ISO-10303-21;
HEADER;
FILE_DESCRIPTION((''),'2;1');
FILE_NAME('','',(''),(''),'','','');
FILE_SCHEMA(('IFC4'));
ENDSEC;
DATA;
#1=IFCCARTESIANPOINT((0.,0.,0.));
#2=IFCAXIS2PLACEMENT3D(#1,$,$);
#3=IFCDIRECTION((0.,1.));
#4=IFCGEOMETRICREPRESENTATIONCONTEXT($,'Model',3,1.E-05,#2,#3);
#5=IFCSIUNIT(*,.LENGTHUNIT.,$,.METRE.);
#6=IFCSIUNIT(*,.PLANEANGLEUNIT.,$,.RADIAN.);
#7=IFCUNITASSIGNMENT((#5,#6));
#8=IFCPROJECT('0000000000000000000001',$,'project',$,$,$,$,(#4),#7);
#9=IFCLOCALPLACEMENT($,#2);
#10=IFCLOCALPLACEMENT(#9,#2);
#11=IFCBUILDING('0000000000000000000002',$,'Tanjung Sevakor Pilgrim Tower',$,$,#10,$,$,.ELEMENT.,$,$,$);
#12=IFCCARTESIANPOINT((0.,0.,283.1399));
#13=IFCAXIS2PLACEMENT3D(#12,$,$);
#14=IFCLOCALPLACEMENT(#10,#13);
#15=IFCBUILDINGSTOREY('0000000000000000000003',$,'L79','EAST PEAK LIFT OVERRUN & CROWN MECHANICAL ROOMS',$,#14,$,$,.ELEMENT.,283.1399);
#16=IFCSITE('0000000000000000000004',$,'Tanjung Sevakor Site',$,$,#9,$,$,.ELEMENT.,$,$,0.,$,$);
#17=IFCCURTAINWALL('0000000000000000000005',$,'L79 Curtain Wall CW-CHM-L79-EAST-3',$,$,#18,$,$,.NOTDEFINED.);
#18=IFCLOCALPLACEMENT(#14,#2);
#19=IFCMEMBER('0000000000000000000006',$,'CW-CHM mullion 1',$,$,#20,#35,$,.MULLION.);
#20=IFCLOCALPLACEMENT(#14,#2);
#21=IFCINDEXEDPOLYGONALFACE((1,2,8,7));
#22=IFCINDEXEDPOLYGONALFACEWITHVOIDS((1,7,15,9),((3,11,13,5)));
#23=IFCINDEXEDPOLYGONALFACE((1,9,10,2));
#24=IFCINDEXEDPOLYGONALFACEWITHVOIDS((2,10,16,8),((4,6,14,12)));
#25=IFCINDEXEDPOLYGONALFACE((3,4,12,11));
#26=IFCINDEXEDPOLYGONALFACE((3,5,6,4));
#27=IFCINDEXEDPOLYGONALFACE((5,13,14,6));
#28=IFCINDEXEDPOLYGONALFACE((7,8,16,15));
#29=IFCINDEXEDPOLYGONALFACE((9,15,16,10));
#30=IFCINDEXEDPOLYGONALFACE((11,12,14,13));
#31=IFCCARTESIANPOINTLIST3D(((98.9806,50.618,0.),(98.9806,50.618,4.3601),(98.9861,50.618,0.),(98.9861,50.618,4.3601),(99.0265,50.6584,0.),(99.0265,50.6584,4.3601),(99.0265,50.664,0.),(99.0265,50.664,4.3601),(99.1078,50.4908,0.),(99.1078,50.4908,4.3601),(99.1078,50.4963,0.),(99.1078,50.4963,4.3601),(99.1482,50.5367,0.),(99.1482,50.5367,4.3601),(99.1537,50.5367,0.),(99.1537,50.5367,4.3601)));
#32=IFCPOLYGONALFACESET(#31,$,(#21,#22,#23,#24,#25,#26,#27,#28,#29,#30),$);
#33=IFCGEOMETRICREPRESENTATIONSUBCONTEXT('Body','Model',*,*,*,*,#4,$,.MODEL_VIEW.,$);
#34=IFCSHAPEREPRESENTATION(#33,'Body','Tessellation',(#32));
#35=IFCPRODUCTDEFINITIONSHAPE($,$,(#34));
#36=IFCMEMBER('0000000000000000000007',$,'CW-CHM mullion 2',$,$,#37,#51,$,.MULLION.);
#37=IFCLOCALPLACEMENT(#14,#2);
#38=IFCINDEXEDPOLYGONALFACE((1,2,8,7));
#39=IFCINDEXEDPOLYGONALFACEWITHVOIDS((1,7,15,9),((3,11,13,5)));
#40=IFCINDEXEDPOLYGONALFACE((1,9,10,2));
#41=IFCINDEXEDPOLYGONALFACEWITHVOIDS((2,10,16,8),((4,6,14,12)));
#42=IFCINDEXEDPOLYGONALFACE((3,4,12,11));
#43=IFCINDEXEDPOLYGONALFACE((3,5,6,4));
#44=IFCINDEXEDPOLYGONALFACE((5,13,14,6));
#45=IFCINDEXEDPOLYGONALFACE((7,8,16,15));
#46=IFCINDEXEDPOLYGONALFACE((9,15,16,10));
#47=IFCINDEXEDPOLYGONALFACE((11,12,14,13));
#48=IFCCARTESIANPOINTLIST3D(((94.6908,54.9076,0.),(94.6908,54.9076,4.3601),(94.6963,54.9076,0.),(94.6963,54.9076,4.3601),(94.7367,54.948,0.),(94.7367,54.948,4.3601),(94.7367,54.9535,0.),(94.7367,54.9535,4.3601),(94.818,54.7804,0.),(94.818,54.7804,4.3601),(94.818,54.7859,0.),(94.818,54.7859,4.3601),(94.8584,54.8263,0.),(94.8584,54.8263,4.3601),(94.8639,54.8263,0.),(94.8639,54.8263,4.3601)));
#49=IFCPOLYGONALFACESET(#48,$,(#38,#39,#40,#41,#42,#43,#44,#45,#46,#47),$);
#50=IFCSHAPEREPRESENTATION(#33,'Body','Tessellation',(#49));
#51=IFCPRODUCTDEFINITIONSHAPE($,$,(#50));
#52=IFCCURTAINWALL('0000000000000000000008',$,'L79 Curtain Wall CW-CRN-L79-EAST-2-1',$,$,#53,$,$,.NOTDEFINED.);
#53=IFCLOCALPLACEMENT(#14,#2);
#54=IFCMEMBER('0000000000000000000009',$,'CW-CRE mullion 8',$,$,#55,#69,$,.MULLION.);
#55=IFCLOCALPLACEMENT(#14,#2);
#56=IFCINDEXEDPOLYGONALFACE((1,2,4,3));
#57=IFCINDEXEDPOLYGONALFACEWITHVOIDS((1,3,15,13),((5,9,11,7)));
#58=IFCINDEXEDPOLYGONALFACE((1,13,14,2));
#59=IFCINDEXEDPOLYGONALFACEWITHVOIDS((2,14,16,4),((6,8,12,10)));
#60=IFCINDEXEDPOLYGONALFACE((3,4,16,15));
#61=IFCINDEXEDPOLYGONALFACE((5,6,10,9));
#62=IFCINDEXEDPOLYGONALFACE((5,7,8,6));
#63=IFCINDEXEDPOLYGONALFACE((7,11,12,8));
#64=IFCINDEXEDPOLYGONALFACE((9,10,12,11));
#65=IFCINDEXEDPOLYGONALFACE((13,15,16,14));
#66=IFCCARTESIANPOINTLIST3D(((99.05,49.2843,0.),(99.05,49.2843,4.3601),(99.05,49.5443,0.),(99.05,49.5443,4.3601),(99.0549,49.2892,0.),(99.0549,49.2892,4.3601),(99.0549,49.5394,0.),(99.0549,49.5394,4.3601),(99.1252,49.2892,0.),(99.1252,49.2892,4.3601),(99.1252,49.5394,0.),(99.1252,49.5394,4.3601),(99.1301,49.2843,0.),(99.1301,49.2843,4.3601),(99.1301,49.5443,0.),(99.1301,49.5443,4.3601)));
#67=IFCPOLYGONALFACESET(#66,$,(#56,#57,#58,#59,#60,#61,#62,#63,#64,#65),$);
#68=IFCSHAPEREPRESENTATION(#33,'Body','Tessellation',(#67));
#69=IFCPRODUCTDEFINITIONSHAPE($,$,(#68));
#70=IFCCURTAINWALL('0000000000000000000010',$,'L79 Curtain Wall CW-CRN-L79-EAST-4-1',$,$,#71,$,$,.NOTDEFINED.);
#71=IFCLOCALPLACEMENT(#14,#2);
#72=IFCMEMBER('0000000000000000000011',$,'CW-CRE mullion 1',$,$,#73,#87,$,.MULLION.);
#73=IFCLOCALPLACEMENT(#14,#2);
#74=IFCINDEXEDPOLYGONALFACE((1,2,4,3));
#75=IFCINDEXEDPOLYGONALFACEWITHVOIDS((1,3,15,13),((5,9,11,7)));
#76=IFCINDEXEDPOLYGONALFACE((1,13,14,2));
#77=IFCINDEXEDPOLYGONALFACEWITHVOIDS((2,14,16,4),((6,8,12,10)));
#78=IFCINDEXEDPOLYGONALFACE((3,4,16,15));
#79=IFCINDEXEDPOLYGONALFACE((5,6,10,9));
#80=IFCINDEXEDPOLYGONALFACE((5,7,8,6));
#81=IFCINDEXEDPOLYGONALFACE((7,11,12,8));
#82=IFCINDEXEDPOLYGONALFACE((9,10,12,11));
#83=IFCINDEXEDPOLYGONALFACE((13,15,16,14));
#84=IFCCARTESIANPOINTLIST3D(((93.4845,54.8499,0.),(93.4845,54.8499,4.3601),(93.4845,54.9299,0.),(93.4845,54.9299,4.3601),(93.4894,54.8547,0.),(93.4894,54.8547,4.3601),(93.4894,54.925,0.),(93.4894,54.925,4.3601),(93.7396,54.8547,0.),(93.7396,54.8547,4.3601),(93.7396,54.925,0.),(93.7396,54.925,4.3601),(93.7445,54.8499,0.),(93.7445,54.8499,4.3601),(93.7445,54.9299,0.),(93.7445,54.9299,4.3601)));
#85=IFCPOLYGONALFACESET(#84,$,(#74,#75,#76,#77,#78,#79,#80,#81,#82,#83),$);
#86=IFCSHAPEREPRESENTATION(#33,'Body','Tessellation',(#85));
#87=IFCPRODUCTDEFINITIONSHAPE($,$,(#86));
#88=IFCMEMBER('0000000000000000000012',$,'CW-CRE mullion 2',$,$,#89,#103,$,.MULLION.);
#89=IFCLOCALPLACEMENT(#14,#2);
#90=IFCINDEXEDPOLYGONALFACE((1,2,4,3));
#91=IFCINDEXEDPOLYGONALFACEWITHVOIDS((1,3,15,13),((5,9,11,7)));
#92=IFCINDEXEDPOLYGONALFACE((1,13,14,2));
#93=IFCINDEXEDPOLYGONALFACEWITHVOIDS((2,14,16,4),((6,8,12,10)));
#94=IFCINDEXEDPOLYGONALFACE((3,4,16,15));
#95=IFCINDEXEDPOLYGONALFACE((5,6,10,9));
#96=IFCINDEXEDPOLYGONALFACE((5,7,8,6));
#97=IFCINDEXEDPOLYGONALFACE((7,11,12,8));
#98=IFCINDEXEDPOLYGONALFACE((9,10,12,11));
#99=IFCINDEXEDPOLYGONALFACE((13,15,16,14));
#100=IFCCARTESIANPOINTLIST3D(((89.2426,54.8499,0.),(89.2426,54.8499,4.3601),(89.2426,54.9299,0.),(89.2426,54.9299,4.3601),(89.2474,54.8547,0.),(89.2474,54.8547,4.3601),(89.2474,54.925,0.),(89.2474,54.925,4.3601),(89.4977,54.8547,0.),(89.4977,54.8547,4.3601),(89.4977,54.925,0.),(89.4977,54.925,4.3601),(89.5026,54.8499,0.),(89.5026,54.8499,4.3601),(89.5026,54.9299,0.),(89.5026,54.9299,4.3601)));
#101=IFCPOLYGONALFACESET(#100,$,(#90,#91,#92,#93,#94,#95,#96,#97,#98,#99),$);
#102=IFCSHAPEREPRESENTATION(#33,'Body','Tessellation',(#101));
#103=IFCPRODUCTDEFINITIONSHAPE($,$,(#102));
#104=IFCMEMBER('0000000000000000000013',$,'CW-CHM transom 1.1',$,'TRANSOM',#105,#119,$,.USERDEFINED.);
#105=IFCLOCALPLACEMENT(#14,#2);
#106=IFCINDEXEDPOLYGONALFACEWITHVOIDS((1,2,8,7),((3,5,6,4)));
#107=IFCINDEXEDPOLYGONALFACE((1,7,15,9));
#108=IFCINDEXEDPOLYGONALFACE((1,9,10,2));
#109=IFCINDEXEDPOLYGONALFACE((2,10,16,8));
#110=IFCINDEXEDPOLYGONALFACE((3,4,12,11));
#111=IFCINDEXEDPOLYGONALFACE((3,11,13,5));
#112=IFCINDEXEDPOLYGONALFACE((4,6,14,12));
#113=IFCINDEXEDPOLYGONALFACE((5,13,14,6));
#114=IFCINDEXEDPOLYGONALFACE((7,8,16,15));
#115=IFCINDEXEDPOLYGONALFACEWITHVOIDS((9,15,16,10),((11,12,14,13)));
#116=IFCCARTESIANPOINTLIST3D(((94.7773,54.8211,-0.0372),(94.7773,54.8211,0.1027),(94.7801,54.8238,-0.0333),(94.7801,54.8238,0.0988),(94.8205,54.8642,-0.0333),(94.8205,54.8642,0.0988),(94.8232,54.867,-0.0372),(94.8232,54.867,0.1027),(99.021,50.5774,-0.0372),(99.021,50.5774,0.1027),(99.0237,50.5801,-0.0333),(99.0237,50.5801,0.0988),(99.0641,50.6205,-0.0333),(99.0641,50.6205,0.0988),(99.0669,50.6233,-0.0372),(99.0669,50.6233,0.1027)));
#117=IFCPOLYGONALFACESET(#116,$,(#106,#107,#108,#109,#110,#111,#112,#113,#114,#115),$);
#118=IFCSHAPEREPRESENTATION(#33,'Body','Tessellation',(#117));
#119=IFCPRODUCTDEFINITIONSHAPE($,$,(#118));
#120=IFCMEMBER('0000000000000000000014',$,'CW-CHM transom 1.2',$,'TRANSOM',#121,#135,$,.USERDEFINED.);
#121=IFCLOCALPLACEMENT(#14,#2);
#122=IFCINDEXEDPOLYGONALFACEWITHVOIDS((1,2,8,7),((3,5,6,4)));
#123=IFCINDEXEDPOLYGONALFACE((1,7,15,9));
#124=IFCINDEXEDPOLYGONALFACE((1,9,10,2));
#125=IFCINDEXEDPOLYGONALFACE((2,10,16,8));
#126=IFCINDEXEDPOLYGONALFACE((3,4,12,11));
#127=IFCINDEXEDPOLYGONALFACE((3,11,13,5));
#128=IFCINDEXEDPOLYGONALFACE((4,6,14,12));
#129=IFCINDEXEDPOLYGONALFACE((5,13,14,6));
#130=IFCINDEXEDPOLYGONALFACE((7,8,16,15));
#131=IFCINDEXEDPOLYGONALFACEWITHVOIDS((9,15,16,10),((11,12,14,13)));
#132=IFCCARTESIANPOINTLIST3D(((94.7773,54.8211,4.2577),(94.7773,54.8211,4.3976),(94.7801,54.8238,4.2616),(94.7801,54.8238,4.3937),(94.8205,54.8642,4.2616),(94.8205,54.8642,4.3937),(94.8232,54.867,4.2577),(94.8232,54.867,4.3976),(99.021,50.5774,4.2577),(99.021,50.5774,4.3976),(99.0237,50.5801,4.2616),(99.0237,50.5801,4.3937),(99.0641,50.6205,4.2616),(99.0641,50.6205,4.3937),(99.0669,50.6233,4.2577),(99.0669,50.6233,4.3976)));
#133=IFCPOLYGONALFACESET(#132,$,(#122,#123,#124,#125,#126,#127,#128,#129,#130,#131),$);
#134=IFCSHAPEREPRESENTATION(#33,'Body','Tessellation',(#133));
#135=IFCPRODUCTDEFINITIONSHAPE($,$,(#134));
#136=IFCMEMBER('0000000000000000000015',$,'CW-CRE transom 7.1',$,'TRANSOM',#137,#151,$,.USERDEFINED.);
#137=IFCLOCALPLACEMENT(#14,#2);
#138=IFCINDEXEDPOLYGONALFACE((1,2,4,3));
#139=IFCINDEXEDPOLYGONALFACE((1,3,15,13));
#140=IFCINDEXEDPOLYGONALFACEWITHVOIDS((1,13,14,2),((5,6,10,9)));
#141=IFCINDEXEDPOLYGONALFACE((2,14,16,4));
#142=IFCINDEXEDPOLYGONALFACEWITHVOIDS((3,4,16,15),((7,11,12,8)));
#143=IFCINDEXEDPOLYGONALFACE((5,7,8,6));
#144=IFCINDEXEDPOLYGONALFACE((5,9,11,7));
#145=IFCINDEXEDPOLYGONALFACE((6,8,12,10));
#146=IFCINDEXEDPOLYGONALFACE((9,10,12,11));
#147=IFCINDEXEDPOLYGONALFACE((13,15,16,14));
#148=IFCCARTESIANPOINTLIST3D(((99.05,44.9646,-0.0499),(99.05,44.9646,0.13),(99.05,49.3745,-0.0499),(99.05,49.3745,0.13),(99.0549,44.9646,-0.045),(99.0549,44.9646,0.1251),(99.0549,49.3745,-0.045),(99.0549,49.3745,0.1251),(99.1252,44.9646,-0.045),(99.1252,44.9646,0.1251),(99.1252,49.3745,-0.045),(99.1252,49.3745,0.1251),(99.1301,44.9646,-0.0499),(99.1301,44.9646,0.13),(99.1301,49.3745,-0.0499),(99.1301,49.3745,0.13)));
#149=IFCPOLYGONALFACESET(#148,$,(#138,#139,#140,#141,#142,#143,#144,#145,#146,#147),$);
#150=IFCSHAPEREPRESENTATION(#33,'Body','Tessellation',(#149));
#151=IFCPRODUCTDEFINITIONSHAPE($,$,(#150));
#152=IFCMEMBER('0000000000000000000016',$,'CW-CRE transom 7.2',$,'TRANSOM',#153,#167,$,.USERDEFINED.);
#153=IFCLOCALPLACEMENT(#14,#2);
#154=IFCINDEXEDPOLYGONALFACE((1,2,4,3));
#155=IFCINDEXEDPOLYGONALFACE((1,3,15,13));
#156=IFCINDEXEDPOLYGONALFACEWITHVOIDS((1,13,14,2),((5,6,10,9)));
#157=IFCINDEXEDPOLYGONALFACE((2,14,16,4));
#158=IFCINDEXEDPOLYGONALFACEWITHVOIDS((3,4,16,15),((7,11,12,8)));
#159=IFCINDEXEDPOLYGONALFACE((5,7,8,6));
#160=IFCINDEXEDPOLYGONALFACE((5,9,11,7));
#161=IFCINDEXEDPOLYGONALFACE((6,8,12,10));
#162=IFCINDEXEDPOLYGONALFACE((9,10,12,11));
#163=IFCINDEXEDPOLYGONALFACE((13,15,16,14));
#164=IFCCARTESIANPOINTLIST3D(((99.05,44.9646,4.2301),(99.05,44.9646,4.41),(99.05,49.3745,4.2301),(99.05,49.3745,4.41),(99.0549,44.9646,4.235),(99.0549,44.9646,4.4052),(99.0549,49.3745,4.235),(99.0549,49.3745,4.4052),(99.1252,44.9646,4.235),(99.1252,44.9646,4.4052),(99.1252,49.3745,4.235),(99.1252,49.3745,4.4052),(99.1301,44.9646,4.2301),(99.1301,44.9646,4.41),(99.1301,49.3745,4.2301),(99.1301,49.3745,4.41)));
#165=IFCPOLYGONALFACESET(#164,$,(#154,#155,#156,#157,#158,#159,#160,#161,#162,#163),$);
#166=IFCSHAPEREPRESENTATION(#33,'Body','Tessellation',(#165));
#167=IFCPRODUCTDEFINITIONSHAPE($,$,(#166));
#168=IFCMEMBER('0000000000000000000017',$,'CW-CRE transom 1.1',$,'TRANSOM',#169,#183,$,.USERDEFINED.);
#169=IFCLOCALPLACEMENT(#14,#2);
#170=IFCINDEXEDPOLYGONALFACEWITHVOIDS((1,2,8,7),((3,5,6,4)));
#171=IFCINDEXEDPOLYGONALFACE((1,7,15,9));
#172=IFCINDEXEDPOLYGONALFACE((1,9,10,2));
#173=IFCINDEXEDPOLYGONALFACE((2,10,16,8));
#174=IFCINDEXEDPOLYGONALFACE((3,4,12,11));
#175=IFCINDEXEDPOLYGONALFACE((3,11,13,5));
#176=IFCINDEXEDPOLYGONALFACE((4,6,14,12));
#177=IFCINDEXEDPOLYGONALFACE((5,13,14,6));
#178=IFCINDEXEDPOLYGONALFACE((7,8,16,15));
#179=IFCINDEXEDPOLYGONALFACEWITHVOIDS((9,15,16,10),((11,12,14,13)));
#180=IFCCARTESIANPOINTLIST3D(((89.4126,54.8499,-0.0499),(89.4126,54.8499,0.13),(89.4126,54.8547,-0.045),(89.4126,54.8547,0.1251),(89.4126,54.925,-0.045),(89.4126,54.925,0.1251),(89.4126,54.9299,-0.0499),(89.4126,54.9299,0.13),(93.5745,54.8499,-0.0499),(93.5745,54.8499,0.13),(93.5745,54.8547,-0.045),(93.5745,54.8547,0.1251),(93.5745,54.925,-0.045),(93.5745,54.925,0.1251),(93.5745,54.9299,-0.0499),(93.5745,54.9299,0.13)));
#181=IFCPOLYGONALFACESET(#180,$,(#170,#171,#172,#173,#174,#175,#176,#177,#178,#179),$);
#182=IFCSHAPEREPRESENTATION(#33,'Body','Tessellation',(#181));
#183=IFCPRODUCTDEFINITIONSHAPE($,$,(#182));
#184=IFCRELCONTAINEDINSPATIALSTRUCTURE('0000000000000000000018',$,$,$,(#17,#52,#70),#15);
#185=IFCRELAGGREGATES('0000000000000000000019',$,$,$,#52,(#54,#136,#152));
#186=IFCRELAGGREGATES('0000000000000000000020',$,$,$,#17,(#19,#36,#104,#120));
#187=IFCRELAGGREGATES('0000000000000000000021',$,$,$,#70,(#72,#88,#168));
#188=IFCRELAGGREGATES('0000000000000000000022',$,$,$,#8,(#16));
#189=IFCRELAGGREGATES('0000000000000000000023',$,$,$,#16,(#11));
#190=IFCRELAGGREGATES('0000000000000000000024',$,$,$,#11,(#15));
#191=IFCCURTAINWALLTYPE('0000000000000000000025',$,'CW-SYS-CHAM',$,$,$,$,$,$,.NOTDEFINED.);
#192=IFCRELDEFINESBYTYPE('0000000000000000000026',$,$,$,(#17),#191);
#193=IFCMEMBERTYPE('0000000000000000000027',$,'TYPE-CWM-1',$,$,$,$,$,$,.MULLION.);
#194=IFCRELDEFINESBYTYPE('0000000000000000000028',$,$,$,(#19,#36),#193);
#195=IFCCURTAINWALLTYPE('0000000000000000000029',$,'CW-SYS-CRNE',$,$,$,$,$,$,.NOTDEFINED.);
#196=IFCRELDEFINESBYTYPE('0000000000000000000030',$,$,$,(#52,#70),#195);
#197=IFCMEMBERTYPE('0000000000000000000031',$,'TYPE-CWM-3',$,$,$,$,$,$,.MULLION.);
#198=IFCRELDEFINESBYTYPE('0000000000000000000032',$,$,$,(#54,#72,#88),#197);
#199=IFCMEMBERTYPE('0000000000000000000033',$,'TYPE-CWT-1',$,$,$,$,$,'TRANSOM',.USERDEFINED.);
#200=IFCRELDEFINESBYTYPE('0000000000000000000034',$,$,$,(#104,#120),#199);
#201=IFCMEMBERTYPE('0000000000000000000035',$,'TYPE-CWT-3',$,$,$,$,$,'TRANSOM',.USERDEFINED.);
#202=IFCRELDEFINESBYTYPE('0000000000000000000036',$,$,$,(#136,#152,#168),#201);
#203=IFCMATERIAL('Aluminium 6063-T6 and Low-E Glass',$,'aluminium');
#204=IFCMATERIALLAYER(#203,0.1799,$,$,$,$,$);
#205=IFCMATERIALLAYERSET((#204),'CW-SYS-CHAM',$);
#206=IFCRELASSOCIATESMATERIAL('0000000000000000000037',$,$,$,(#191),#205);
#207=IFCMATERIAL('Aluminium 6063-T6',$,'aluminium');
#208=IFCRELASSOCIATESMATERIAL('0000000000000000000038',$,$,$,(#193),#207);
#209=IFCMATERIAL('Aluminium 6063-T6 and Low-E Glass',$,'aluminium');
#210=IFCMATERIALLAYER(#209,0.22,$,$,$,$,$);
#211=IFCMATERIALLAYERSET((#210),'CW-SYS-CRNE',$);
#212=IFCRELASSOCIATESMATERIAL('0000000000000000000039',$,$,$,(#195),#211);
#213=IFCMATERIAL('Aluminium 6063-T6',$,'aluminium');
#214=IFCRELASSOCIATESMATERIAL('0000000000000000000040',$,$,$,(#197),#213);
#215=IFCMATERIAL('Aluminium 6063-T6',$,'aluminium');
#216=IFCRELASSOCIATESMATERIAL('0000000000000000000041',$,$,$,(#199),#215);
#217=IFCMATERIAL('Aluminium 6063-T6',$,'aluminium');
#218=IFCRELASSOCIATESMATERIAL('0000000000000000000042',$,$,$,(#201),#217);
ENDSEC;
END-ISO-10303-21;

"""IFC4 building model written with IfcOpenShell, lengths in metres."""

from ifc_helpers import new_model, si_unit, direction, frame, origin, origin_2d, place, context, subcontext, project, spatial, hollow_rectangle, extrude, material, layer, layer_set, material_profile, profile_set, type_object, element, aggregate, save


model = new_model("IFC4")

# Units and contexts
model_context = context("Model", 3, precision=1e-05, world=origin(), true_north=direction((0.0, 1.0)))
body_context = subcontext(model_context, "Body", "Model", "MODEL_VIEW")
ifc_project = project(units=[si_unit("LENGTHUNIT", "METRE"), si_unit("PLANEANGLEUNIT", "RADIAN")], contexts=[model_context])

# Site, building, storey
site_placement = place(None, origin())
site = spatial("IfcSite", under=ifc_project, at=site_placement, Name="Tanjung Sevakor Site", CompositionType="ELEMENT", RefElevation=0.0)
building_placement = place(site_placement, origin())
building = spatial("IfcBuilding", under=site, at=building_placement, Name="Tanjung Sevakor Pilgrim Tower", CompositionType="ELEMENT")
storey_placement = place(building_placement, frame((0.0, 0.0, 283.1399)))
storey = spatial("IfcBuildingStorey", under=building, at=storey_placement, Name="L79", Description="EAST PEAK LIFT OVERRUN & CROWN MECHANICAL ROOMS", CompositionType="ELEMENT", Elevation=283.1399)

# Curtain wall, members
ifc_material_1 = material(Name="Aluminium 6063-T6 and Low-E Glass", Category="aluminium")
ifc_layer_1 = layer(ifc_material_1, 0.1799)
ifc_layer_set_1 = layer_set([ifc_layer_1], Name="CW-SYS-CHAM")
curtain_wall_type_1 = type_object("IfcCurtainWallType", Name="CW-SYS-CHAM", PredefinedType="NOTDEFINED", material=ifc_layer_set_1)
curtain_wall_1_placement = place(storey_placement, origin())
curtain_wall_1 = element("IfcCurtainWall", 1, at=curtain_wall_1_placement, inside=storey, type_object=curtain_wall_type_1, Name="L79 Curtain Wall CW-CHM-L79-EAST-3", PredefinedType="NOTDEFINED")
ifc_material_2 = material(Name="Aluminium 6063-T6", Category="aluminium")
ifc_material_profile_1 = material_profile(ifc_material_2, hollow_rectangle(XDim=0.0649, YDim=0.1799, WallThickness=0.0039, at=origin_2d()))
ifc_profile_set_1 = profile_set([ifc_material_profile_1], Name="Aluminium 6063-T6")
member_type_1 = type_object("IfcMemberType", Name="TYPE-CWM-1", PredefinedType="MULLION", material=ifc_profile_set_1)
member_1_placement = place(storey_placement, frame((99.0671, 50.5774, 0.0), z_axis=(0.0, 0.0, 1.0), x_axis=(-0.707107, -0.707107, 0.0)))
member_1 = element("IfcMember", 2, at=member_1_placement, type_object=member_type_1, Name="CW-CHM mullion 1", PredefinedType="MULLION", context=body_context, shape_type="SweptSolid", body=[
    extrude(hollow_rectangle(XDim=0.0649, YDim=0.1799, WallThickness=0.0039, at=origin_2d()), origin(), (0.0, 0.0, 1.0), 4.3601),
])
member_2_placement = place(storey_placement, frame((94.7773, 54.8669, 0.0), z_axis=(0.0, 0.0, 1.0), x_axis=(-0.707107, -0.707107, 0.0)))
member_2 = element("IfcMember", 3, at=member_2_placement, type_object=member_type_1, Name="CW-CHM mullion 2", PredefinedType="MULLION", context=body_context, shape_type="SweptSolid", body=[
    extrude(hollow_rectangle(XDim=0.0649, YDim=0.1799, WallThickness=0.0039, at=origin_2d()), origin(), (0.0, 0.0, 1.0), 4.3601),
])

# Curtain wall, member
ifc_material_3 = material(Name="Aluminium 6063-T6 and Low-E Glass", Category="aluminium")
ifc_layer_2 = layer(ifc_material_3, 0.22)
ifc_layer_set_2 = layer_set([ifc_layer_2], Name="CW-SYS-CRNE")
curtain_wall_type_2 = type_object("IfcCurtainWallType", Name="CW-SYS-CRNE", PredefinedType="NOTDEFINED", material=ifc_layer_set_2)
curtain_wall_2_placement = place(storey_placement, origin())
curtain_wall_2 = element("IfcCurtainWall", 4, at=curtain_wall_2_placement, inside=storey, type_object=curtain_wall_type_2, Name="L79 Curtain Wall CW-CRN-L79-EAST-2-1", PredefinedType="NOTDEFINED")
ifc_material_4 = material(Name="Aluminium 6063-T6", Category="aluminium")
ifc_material_profile_2 = material_profile(ifc_material_4, hollow_rectangle(XDim=0.0801, YDim=0.26, WallThickness=0.0049, at=origin_2d()))
ifc_profile_set_2 = profile_set([ifc_material_profile_2], Name="Aluminium 6063-T6")
member_type_2 = type_object("IfcMemberType", Name="TYPE-CWM-3", PredefinedType="MULLION", material=ifc_profile_set_2)
member_3_placement = place(storey_placement, frame((99.0901, 49.4143, 0.0), z_axis=(0.0, 0.0, 1.0), x_axis=(-1.0, 0.0, 0.0)))
member_3 = element("IfcMember", 5, at=member_3_placement, type_object=member_type_2, Name="CW-CRE mullion 8", PredefinedType="MULLION", context=body_context, shape_type="SweptSolid", body=[
    extrude(hollow_rectangle(XDim=0.0801, YDim=0.26, WallThickness=0.0049, at=origin_2d()), origin(), (0.0, 0.0, 1.0), 4.3601),
])

# Curtain wall, members
curtain_wall_3_placement = place(storey_placement, origin())
curtain_wall_3 = element("IfcCurtainWall", 6, at=curtain_wall_3_placement, inside=storey, type_object=curtain_wall_type_2, Name="L79 Curtain Wall CW-CRN-L79-EAST-4-1", PredefinedType="NOTDEFINED")
member_4_placement = place(storey_placement, frame((93.6145, 54.8899, 0.0), z_axis=(0.0, 0.0, 1.0), x_axis=(0.0, -1.0, 0.0)))
member_4 = element("IfcMember", 7, at=member_4_placement, type_object=member_type_2, Name="CW-CRE mullion 1", PredefinedType="MULLION", context=body_context, shape_type="SweptSolid", body=[
    extrude(hollow_rectangle(XDim=0.0801, YDim=0.26, WallThickness=0.0049, at=origin_2d()), origin(), (0.0, 0.0, 1.0), 4.3601),
])
member_5_placement = place(storey_placement, frame((89.3726, 54.8899, 0.0), z_axis=(0.0, 0.0, 1.0), x_axis=(0.0, -1.0, 0.0)))
member_5 = element("IfcMember", 8, at=member_5_placement, type_object=member_type_2, Name="CW-CRE mullion 2", PredefinedType="MULLION", context=body_context, shape_type="SweptSolid", body=[
    extrude(hollow_rectangle(XDim=0.0801, YDim=0.26, WallThickness=0.0049, at=origin_2d()), origin(), (0.0, 0.0, 1.0), 4.3601),
])

# Members
ifc_material_5 = material(Name="Aluminium 6063-T6", Category="aluminium")
ifc_material_profile_3 = material_profile(ifc_material_5, hollow_rectangle(XDim=0.0649, YDim=0.1399, WallThickness=0.0039, at=origin_2d()))
ifc_profile_set_3 = profile_set([ifc_material_profile_3], Name="Aluminium 6063-T6")
member_type_3 = type_object("IfcMemberType", Name="TYPE-CWT-1", ElementType="TRANSOM", PredefinedType="USERDEFINED", material=ifc_profile_set_3)
member_6_placement = place(storey_placement, frame((99.0439, 50.6003, 0.0327), z_axis=(-0.707107, 0.707107, 0.0), x_axis=(-0.707107, -0.707107, 0.0)))
member_6 = element("IfcMember", 9, at=member_6_placement, type_object=member_type_3, Name="CW-CHM transom 1.1", ObjectType="TRANSOM", PredefinedType="USERDEFINED", context=body_context, shape_type="SweptSolid", body=[
    extrude(hollow_rectangle(XDim=0.0649, YDim=0.1399, WallThickness=0.0039, at=origin_2d()), origin(), (0.0, 0.0, 1.0), 6.0015),
])
member_7_placement = place(storey_placement, frame((99.0439, 50.6003, 4.3276), z_axis=(-0.707107, 0.707107, 0.0), x_axis=(-0.707107, -0.707107, 0.0)))
member_7 = element("IfcMember", 10, at=member_7_placement, type_object=member_type_3, Name="CW-CHM transom 1.2", ObjectType="TRANSOM", PredefinedType="USERDEFINED", context=body_context, shape_type="SweptSolid", body=[
    extrude(hollow_rectangle(XDim=0.0649, YDim=0.1399, WallThickness=0.0039, at=origin_2d()), origin(), (0.0, 0.0, 1.0), 6.0015),
])
ifc_material_6 = material(Name="Aluminium 6063-T6", Category="aluminium")
ifc_material_profile_4 = material_profile(ifc_material_6, hollow_rectangle(XDim=0.0801, YDim=0.1799, WallThickness=0.0049, at=origin_2d()))
ifc_profile_set_4 = profile_set([ifc_material_profile_4], Name="Aluminium 6063-T6")
member_type_4 = type_object("IfcMemberType", Name="TYPE-CWT-3", ElementType="TRANSOM", PredefinedType="USERDEFINED", material=ifc_profile_set_4)
member_8_placement = place(storey_placement, frame((99.0901, 44.9646, 0.04), z_axis=(0.0, 1.0, 0.0), x_axis=(-1.0, 0.0, 0.0)))
member_8 = element("IfcMember", 11, at=member_8_placement, type_object=member_type_4, Name="CW-CRE transom 7.1", ObjectType="TRANSOM", PredefinedType="USERDEFINED", context=body_context, shape_type="SweptSolid", body=[
    extrude(hollow_rectangle(XDim=0.0801, YDim=0.1799, WallThickness=0.0049, at=origin_2d()), origin(), (0.0, 0.0, 1.0), 4.4099),
])
member_9_placement = place(storey_placement, frame((99.0901, 44.9646, 4.3201), z_axis=(0.0, 1.0, 0.0), x_axis=(-1.0, 0.0, 0.0)))
member_9 = element("IfcMember", 12, at=member_9_placement, type_object=member_type_4, Name="CW-CRE transom 7.2", ObjectType="TRANSOM", PredefinedType="USERDEFINED", context=body_context, shape_type="SweptSolid", body=[
    extrude(hollow_rectangle(XDim=0.0801, YDim=0.1799, WallThickness=0.0049, at=origin_2d()), origin(), (0.0, 0.0, 1.0), 4.4099),
])
member_10_placement = place(storey_placement, frame((93.5745, 54.8899, 0.04), z_axis=(-1.0, 0.0, 0.0), x_axis=(0.0, -1.0, 0.0)))
member_10 = element("IfcMember", 13, at=member_10_placement, type_object=member_type_4, Name="CW-CRE transom 1.1", ObjectType="TRANSOM", PredefinedType="USERDEFINED", context=body_context, shape_type="SweptSolid", body=[
    extrude(hollow_rectangle(XDim=0.0801, YDim=0.1799, WallThickness=0.0049, at=origin_2d()), origin(), (0.0, 0.0, 1.0), 4.1619),
])

aggregate(curtain_wall_2, [member_3, member_8, member_9])
aggregate(curtain_wall_1, [member_1, member_2, member_6, member_7])
aggregate(curtain_wall_3, [member_4, member_5, member_10])

save(model, "model.ifc")
